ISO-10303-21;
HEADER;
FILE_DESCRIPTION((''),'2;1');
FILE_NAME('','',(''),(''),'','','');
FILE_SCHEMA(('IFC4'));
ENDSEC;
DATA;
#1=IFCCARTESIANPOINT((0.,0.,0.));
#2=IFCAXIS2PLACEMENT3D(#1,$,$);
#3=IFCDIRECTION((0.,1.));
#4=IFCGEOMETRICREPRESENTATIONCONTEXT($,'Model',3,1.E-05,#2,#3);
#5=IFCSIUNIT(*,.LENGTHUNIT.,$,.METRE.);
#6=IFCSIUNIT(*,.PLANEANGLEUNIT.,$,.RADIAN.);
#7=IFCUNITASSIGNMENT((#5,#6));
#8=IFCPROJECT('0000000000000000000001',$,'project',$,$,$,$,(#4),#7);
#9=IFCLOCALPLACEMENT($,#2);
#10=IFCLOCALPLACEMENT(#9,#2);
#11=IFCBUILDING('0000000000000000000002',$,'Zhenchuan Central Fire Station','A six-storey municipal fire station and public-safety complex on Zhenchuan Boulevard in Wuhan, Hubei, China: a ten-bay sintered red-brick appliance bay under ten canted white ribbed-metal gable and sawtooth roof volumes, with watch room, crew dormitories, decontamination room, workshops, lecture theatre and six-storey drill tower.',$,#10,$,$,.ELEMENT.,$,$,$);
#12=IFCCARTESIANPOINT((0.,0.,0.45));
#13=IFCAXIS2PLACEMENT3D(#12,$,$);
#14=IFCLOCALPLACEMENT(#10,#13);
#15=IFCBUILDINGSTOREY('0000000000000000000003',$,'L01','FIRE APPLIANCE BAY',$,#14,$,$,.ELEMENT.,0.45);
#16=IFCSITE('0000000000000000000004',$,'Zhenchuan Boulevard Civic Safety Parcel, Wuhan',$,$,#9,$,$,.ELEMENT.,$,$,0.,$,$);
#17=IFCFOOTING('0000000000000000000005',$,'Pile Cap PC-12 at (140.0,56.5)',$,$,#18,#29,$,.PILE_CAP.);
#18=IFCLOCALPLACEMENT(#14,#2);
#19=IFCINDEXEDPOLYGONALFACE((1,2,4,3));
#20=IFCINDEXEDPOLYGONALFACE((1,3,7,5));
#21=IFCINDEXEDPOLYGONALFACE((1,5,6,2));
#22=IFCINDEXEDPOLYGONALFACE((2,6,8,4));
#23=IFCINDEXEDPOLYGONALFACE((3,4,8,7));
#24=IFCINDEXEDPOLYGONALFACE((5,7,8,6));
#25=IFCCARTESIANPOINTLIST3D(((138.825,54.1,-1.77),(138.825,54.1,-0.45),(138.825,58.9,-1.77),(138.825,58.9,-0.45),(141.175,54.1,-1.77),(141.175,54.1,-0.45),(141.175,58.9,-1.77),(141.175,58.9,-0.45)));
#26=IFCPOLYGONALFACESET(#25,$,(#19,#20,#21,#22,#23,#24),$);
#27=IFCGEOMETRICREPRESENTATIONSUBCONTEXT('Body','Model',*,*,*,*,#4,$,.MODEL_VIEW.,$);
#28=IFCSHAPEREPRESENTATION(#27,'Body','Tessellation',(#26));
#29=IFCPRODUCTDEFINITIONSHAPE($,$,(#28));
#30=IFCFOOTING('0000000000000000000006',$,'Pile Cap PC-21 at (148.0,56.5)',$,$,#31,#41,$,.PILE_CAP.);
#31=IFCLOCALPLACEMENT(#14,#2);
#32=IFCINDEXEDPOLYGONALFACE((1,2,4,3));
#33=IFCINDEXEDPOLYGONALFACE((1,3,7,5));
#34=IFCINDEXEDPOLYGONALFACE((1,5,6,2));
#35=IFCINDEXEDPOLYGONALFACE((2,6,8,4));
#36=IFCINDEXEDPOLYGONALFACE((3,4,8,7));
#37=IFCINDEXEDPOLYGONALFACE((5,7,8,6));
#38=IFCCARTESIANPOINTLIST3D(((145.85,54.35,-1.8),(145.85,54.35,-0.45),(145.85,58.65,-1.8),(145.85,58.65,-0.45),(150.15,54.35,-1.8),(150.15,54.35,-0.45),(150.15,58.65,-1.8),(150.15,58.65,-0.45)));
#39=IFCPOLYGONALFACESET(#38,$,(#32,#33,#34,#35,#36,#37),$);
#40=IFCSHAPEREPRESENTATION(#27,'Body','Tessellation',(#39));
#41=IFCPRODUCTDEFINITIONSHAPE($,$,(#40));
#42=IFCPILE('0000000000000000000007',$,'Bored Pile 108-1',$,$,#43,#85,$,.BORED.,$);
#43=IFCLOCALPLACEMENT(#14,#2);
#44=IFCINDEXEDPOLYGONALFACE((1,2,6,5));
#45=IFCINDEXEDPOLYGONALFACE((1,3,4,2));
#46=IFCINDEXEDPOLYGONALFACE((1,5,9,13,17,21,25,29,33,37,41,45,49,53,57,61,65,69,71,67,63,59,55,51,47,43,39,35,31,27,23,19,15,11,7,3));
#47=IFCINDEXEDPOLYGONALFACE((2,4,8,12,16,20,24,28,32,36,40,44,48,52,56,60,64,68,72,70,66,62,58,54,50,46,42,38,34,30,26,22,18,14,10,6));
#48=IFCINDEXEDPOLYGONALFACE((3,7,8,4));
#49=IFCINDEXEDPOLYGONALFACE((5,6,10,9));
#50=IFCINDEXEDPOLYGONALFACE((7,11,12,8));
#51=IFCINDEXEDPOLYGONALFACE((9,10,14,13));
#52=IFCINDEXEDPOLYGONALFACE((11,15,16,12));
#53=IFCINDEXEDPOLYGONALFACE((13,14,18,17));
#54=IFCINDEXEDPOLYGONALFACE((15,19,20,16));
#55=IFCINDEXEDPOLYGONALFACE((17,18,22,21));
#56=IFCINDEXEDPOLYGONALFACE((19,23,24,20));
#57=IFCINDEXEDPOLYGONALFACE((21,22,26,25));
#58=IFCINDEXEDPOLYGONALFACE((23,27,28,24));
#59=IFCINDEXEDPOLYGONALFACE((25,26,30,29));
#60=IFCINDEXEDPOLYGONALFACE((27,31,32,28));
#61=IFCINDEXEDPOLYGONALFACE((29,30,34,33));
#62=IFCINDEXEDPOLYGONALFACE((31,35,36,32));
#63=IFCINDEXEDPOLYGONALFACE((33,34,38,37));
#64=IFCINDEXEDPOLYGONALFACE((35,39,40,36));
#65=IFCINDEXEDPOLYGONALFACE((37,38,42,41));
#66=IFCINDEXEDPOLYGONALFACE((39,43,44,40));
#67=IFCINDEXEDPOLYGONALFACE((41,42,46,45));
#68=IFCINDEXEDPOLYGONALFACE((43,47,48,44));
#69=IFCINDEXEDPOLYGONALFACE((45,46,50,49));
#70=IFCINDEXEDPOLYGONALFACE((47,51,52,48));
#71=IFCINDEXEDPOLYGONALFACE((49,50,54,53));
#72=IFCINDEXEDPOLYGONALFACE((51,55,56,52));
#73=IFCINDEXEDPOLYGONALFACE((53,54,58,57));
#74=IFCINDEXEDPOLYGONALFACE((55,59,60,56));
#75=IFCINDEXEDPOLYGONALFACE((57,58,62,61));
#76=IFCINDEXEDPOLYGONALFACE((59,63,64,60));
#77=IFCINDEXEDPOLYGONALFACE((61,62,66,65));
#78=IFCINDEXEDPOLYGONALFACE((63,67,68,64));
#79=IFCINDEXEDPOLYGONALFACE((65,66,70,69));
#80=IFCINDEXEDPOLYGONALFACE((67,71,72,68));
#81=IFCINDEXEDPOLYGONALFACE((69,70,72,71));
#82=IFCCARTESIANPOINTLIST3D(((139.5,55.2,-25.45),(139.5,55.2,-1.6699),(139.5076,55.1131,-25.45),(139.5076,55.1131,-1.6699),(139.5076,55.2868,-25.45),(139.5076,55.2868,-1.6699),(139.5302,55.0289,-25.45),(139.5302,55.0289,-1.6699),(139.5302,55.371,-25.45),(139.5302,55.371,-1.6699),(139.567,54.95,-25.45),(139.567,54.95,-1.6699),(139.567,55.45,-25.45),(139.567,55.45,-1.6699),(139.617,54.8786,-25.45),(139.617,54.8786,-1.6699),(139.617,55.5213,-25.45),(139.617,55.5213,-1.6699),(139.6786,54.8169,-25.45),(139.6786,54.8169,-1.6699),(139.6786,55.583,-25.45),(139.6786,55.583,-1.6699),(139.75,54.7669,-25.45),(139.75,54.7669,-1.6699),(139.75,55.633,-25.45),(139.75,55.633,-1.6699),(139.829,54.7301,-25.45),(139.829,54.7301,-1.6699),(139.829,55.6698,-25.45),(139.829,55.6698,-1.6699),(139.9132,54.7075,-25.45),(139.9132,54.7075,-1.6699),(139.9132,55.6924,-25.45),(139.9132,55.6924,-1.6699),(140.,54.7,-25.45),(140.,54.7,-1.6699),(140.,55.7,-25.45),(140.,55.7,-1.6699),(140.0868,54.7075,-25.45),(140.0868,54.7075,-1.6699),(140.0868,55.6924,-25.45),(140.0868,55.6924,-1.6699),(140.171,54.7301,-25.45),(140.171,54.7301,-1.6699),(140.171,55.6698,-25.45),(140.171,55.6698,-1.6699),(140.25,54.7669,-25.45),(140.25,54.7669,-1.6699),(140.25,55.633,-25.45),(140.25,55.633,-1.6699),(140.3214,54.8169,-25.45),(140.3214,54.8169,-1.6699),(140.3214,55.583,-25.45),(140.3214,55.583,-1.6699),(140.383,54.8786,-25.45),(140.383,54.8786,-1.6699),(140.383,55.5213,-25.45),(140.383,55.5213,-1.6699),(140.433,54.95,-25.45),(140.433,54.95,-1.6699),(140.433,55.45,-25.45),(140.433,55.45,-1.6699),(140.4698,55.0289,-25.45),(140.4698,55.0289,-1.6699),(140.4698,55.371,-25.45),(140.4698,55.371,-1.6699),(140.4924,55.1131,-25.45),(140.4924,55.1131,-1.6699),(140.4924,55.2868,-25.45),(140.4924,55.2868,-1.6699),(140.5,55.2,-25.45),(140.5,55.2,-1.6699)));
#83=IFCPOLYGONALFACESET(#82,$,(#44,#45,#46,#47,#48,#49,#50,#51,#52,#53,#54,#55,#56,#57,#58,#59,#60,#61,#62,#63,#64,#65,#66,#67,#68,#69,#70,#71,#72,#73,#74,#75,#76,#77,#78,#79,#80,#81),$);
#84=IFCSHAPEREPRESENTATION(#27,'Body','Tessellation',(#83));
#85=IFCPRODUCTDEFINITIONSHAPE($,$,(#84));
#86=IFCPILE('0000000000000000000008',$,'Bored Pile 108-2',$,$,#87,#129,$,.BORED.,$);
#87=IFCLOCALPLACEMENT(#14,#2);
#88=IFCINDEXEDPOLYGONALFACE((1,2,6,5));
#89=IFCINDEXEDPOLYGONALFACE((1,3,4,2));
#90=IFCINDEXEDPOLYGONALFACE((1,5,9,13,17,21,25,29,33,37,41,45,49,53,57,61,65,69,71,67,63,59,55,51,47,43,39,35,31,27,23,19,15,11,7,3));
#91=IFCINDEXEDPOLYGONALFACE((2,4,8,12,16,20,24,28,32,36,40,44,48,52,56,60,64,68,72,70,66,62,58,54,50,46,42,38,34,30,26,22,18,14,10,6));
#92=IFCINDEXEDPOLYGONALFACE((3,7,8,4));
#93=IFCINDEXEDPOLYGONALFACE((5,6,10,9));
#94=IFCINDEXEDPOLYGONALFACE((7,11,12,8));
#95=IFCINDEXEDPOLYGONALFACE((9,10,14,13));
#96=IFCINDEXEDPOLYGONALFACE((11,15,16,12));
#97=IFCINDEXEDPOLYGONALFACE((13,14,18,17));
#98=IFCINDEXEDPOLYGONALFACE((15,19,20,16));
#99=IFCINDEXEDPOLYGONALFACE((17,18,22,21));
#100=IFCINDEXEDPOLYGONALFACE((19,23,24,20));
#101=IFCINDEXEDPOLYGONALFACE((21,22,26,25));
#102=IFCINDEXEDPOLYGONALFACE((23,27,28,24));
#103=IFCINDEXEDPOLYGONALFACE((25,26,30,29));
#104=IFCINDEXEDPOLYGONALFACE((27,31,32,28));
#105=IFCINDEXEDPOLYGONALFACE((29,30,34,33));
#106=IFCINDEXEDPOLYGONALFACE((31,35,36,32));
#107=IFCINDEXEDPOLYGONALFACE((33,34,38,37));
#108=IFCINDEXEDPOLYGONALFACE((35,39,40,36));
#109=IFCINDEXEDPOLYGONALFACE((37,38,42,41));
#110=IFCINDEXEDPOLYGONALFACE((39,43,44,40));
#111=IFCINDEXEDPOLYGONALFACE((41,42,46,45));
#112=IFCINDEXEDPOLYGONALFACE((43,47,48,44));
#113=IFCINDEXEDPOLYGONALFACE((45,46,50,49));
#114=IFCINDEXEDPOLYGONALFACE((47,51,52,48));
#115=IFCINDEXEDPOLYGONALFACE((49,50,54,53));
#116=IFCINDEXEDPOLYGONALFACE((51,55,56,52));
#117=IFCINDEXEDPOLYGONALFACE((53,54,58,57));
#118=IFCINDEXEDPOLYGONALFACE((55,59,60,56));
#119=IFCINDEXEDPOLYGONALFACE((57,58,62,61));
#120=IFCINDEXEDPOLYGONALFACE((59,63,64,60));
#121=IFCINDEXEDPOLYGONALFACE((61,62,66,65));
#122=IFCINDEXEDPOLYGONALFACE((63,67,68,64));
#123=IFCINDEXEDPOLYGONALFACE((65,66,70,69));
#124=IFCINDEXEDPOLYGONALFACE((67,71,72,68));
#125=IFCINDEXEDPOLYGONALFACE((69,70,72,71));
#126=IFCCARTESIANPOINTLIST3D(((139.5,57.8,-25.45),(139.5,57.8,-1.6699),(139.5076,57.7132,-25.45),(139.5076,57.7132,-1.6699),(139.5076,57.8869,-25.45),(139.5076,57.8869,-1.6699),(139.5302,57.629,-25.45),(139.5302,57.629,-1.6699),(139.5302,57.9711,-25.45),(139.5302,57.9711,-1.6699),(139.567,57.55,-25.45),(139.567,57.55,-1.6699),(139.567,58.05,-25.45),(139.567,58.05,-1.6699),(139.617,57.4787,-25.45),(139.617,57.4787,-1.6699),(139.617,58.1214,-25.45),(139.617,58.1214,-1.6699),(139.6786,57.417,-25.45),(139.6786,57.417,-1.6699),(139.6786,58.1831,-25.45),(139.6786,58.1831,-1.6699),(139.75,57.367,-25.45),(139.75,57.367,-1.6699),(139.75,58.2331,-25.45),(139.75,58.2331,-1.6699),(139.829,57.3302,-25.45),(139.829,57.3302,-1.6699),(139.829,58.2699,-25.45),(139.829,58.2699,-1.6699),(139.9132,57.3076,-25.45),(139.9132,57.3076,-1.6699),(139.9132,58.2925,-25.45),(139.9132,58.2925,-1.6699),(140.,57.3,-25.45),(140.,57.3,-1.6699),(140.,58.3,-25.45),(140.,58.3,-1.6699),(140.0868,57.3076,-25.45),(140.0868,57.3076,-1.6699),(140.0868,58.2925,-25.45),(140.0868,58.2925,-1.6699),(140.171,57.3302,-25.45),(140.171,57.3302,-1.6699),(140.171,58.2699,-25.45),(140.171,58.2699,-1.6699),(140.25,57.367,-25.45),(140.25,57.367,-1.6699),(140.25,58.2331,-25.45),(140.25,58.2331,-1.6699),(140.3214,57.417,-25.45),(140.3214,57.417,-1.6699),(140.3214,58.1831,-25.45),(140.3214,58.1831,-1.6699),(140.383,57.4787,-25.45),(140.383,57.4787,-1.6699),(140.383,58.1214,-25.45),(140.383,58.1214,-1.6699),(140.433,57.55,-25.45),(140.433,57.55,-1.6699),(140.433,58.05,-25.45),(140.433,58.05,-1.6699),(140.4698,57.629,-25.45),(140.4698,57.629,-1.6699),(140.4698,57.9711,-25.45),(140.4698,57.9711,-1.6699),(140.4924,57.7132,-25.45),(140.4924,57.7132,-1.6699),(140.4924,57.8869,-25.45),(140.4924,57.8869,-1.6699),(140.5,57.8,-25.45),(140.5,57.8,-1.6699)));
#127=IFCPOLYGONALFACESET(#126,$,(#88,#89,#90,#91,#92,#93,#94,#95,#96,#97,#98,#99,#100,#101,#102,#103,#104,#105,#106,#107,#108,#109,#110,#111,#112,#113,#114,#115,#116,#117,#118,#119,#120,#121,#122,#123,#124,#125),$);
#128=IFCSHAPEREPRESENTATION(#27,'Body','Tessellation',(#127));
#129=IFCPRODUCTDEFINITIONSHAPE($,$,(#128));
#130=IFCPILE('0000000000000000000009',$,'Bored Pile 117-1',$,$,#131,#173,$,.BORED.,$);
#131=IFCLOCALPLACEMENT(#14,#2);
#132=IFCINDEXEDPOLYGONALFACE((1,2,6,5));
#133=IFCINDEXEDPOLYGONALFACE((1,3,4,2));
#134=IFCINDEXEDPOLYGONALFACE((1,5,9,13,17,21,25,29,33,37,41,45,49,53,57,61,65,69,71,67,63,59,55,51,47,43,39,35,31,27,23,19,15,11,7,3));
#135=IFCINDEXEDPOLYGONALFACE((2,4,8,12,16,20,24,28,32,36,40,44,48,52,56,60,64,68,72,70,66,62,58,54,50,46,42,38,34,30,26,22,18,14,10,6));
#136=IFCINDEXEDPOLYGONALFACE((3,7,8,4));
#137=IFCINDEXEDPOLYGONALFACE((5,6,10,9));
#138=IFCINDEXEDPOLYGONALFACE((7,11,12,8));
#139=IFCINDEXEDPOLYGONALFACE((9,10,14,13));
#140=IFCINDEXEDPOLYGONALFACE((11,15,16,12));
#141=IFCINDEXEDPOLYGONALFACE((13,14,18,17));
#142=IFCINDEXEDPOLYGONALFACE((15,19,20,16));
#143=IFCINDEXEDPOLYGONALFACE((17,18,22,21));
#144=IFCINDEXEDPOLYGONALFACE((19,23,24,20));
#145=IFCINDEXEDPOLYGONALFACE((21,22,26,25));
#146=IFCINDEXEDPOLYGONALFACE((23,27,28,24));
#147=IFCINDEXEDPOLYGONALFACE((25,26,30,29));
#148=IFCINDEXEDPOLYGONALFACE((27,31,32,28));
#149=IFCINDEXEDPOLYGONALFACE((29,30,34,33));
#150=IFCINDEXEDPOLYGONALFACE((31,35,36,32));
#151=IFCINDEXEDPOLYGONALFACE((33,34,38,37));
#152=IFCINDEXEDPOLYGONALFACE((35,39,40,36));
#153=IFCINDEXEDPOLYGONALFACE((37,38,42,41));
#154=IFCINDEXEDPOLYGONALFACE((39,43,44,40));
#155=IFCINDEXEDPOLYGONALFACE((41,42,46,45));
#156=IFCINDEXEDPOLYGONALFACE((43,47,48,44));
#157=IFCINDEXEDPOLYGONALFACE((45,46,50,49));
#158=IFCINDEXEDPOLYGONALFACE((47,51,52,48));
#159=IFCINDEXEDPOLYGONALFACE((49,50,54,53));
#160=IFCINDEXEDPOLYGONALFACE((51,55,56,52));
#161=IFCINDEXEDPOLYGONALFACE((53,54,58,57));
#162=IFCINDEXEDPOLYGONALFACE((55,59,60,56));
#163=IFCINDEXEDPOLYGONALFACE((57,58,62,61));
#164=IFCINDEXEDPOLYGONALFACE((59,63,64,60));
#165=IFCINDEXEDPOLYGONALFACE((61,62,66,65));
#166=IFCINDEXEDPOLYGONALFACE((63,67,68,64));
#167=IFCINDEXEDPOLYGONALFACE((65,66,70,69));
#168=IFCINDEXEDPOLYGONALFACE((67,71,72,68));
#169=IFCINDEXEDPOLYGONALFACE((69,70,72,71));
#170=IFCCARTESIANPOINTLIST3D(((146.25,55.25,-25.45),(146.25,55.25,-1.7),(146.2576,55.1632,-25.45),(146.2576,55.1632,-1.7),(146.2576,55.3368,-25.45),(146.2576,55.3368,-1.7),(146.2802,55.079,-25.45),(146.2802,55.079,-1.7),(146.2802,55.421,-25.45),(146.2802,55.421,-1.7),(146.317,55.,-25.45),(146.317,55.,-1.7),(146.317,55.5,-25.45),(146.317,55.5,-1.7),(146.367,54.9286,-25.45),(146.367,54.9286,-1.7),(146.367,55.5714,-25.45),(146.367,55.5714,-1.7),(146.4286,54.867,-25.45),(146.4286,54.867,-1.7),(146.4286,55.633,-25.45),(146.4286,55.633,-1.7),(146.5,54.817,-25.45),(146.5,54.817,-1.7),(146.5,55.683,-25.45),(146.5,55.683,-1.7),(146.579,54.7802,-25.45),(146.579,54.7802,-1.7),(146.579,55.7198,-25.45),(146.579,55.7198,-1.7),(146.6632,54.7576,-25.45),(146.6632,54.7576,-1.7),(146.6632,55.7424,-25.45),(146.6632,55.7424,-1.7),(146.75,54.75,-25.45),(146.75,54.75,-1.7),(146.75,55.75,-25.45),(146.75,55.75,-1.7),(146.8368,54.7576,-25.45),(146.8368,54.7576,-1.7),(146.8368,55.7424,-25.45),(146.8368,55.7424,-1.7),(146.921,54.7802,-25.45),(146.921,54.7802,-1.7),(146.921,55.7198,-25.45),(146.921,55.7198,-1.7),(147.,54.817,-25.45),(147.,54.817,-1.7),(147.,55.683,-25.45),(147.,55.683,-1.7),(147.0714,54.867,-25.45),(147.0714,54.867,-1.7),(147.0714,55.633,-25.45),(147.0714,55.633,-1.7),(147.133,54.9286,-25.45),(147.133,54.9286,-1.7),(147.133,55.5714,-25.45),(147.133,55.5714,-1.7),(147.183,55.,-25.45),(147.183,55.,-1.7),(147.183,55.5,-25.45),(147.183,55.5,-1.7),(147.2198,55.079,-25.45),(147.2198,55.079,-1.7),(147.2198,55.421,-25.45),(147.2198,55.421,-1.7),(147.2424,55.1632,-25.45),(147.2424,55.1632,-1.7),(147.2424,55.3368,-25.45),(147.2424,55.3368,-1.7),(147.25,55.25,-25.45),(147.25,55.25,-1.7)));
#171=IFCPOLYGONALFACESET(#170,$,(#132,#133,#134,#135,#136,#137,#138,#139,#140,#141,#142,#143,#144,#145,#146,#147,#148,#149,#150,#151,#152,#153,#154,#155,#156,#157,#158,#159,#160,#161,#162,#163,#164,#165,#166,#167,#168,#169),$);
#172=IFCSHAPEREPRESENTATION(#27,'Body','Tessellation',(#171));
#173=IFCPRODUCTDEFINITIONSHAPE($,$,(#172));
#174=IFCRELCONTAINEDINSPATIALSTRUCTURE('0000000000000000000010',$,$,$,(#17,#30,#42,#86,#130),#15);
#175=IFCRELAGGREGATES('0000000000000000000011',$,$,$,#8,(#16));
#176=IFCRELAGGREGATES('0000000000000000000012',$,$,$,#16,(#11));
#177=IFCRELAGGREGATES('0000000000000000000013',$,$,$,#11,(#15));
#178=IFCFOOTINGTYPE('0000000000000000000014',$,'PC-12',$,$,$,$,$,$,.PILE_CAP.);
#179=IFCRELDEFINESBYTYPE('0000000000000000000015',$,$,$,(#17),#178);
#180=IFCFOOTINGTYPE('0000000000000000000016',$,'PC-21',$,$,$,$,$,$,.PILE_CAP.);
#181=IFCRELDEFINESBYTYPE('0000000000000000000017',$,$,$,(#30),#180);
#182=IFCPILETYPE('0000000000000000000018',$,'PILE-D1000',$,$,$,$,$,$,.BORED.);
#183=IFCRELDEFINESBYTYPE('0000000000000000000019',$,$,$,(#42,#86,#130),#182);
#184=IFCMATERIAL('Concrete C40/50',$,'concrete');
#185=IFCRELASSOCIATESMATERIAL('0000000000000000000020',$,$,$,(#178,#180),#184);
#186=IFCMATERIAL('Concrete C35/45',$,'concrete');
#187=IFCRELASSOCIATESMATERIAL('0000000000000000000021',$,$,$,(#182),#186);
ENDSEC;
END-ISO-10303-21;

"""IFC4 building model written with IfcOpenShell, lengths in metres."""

from ifc_helpers import new_model, si_unit, direction, frame, origin, origin_2d, place, context, subcontext, project, spatial, rectangle, circle, extrude, material, material_profile, profile_set, type_object, element, save


model = new_model("IFC4")

# Units and contexts
model_context = context("Model", 3, precision=1e-05, world=origin(), true_north=direction((0.0, 1.0)))
body_context = subcontext(model_context, "Body", "Model", "MODEL_VIEW")
ifc_project = project(units=[si_unit("LENGTHUNIT", "METRE"), si_unit("PLANEANGLEUNIT", "RADIAN")], contexts=[model_context])

# Site, building, storey
site_placement = place(None, origin())
site = spatial("IfcSite", under=ifc_project, at=site_placement, Name="Zhenchuan Boulevard Civic Safety Parcel, Wuhan", CompositionType="ELEMENT", RefElevation=0.0)
building_placement = place(site_placement, origin())
building = spatial("IfcBuilding", under=site, at=building_placement, Name="Zhenchuan Central Fire Station", Description="A six-storey municipal fire station and public-safety complex on Zhenchuan Boulevard in Wuhan, Hubei, China: a ten-bay sintered red-brick appliance bay under ten canted white ribbed-metal gable and sawtooth roof volumes, with watch room, crew dormitories, decontamination room, workshops, lecture theatre and six-storey drill tower.", CompositionType="ELEMENT")
storey_placement = place(building_placement, frame((0.0, 0.0, 0.45)))
storey = spatial("IfcBuildingStorey", under=building, at=storey_placement, Name="L01", Description="FIRE APPLIANCE BAY", CompositionType="ELEMENT", Elevation=0.45)

# Footings
ifc_material_1 = material(Name="Concrete C40/50", Category="concrete")
footing_type_1 = type_object("IfcFootingType", Name="PC-12", PredefinedType="PILE_CAP", material=ifc_material_1)
footing_1_placement = place(storey_placement, frame((140.0, 56.5, -1.77), z_axis=(0.0, 0.0, 1.0), x_axis=(1.0, 0.0, 0.0)))
element("IfcFooting", 1, at=footing_1_placement, inside=storey, type_object=footing_type_1, Name="Pile Cap PC-12 at (140.0,56.5)", PredefinedType="PILE_CAP", context=body_context, shape_type="SweptSolid", body=[
    extrude(rectangle(XDim=2.3501, YDim=4.8, at=origin_2d()), origin(), (0.0, 0.0, 1.0), 1.3201),
])
footing_type_2 = type_object("IfcFootingType", Name="PC-21", PredefinedType="PILE_CAP", material=ifc_material_1)
footing_2_placement = place(storey_placement, frame((148.0, 56.5, -1.8), z_axis=(0.0, 0.0, 1.0), x_axis=(1.0, 0.0, 0.0)))
element("IfcFooting", 2, at=footing_2_placement, inside=storey, type_object=footing_type_2, Name="Pile Cap PC-21 at (148.0,56.5)", PredefinedType="PILE_CAP", context=body_context, shape_type="SweptSolid", body=[
    extrude(rectangle(XDim=4.3, YDim=4.3, at=origin_2d()), origin(), (0.0, 0.0, 1.0), 1.3501),
])

# Piles
ifc_material_2 = material(Name="Concrete C35/45", Category="concrete")
ifc_material_profile_1 = material_profile(ifc_material_2, circle(Radius=0.5, at=origin_2d()), Name="PILE D1000")
ifc_profile_set_1 = profile_set([ifc_material_profile_1], Name="Concrete C35/45")
pile_type = type_object("IfcPileType", Name="PILE-D1000", PredefinedType="BORED", material=ifc_profile_set_1)
for number, where, z_axis, x_axis, name in (
    (3, (140.0, 55.2, -1.6699), (0.0, 0.0, -1.0), (1.0, 0.0, 0.0), "Bored Pile 108-1"),
    (4, (140.0, 57.8, -1.6699), (0.0, 0.0, -1.0), (1.0, 0.0, 0.0), "Bored Pile 108-2"),
):
    element("IfcPile", number, at=place(storey_placement, frame(where, z_axis=z_axis, x_axis=x_axis)), inside=storey, type_object=pile_type, Name=name, PredefinedType="BORED", context=body_context, shape_type="SweptSolid", body=[
        extrude(circle(Radius=0.5, at=origin_2d()), origin(), (0.0, 0.0, 1.0), 23.78),
    ])
for number, where, z_axis, x_axis, name in (
    (5, (146.75, 55.25, -1.7), (0.0, 0.0, -1.0), (1.0, 0.0, 0.0), "Bored Pile 117-1"),
):
    element("IfcPile", number, at=place(storey_placement, frame(where, z_axis=z_axis, x_axis=x_axis)), inside=storey, type_object=pile_type, Name=name, PredefinedType="BORED", context=body_context, shape_type="SweptSolid", body=[
        extrude(circle(Radius=0.5, at=origin_2d()), origin(), (0.0, 0.0, 1.0), 23.75),
    ])

save(model, "model.ifc")
